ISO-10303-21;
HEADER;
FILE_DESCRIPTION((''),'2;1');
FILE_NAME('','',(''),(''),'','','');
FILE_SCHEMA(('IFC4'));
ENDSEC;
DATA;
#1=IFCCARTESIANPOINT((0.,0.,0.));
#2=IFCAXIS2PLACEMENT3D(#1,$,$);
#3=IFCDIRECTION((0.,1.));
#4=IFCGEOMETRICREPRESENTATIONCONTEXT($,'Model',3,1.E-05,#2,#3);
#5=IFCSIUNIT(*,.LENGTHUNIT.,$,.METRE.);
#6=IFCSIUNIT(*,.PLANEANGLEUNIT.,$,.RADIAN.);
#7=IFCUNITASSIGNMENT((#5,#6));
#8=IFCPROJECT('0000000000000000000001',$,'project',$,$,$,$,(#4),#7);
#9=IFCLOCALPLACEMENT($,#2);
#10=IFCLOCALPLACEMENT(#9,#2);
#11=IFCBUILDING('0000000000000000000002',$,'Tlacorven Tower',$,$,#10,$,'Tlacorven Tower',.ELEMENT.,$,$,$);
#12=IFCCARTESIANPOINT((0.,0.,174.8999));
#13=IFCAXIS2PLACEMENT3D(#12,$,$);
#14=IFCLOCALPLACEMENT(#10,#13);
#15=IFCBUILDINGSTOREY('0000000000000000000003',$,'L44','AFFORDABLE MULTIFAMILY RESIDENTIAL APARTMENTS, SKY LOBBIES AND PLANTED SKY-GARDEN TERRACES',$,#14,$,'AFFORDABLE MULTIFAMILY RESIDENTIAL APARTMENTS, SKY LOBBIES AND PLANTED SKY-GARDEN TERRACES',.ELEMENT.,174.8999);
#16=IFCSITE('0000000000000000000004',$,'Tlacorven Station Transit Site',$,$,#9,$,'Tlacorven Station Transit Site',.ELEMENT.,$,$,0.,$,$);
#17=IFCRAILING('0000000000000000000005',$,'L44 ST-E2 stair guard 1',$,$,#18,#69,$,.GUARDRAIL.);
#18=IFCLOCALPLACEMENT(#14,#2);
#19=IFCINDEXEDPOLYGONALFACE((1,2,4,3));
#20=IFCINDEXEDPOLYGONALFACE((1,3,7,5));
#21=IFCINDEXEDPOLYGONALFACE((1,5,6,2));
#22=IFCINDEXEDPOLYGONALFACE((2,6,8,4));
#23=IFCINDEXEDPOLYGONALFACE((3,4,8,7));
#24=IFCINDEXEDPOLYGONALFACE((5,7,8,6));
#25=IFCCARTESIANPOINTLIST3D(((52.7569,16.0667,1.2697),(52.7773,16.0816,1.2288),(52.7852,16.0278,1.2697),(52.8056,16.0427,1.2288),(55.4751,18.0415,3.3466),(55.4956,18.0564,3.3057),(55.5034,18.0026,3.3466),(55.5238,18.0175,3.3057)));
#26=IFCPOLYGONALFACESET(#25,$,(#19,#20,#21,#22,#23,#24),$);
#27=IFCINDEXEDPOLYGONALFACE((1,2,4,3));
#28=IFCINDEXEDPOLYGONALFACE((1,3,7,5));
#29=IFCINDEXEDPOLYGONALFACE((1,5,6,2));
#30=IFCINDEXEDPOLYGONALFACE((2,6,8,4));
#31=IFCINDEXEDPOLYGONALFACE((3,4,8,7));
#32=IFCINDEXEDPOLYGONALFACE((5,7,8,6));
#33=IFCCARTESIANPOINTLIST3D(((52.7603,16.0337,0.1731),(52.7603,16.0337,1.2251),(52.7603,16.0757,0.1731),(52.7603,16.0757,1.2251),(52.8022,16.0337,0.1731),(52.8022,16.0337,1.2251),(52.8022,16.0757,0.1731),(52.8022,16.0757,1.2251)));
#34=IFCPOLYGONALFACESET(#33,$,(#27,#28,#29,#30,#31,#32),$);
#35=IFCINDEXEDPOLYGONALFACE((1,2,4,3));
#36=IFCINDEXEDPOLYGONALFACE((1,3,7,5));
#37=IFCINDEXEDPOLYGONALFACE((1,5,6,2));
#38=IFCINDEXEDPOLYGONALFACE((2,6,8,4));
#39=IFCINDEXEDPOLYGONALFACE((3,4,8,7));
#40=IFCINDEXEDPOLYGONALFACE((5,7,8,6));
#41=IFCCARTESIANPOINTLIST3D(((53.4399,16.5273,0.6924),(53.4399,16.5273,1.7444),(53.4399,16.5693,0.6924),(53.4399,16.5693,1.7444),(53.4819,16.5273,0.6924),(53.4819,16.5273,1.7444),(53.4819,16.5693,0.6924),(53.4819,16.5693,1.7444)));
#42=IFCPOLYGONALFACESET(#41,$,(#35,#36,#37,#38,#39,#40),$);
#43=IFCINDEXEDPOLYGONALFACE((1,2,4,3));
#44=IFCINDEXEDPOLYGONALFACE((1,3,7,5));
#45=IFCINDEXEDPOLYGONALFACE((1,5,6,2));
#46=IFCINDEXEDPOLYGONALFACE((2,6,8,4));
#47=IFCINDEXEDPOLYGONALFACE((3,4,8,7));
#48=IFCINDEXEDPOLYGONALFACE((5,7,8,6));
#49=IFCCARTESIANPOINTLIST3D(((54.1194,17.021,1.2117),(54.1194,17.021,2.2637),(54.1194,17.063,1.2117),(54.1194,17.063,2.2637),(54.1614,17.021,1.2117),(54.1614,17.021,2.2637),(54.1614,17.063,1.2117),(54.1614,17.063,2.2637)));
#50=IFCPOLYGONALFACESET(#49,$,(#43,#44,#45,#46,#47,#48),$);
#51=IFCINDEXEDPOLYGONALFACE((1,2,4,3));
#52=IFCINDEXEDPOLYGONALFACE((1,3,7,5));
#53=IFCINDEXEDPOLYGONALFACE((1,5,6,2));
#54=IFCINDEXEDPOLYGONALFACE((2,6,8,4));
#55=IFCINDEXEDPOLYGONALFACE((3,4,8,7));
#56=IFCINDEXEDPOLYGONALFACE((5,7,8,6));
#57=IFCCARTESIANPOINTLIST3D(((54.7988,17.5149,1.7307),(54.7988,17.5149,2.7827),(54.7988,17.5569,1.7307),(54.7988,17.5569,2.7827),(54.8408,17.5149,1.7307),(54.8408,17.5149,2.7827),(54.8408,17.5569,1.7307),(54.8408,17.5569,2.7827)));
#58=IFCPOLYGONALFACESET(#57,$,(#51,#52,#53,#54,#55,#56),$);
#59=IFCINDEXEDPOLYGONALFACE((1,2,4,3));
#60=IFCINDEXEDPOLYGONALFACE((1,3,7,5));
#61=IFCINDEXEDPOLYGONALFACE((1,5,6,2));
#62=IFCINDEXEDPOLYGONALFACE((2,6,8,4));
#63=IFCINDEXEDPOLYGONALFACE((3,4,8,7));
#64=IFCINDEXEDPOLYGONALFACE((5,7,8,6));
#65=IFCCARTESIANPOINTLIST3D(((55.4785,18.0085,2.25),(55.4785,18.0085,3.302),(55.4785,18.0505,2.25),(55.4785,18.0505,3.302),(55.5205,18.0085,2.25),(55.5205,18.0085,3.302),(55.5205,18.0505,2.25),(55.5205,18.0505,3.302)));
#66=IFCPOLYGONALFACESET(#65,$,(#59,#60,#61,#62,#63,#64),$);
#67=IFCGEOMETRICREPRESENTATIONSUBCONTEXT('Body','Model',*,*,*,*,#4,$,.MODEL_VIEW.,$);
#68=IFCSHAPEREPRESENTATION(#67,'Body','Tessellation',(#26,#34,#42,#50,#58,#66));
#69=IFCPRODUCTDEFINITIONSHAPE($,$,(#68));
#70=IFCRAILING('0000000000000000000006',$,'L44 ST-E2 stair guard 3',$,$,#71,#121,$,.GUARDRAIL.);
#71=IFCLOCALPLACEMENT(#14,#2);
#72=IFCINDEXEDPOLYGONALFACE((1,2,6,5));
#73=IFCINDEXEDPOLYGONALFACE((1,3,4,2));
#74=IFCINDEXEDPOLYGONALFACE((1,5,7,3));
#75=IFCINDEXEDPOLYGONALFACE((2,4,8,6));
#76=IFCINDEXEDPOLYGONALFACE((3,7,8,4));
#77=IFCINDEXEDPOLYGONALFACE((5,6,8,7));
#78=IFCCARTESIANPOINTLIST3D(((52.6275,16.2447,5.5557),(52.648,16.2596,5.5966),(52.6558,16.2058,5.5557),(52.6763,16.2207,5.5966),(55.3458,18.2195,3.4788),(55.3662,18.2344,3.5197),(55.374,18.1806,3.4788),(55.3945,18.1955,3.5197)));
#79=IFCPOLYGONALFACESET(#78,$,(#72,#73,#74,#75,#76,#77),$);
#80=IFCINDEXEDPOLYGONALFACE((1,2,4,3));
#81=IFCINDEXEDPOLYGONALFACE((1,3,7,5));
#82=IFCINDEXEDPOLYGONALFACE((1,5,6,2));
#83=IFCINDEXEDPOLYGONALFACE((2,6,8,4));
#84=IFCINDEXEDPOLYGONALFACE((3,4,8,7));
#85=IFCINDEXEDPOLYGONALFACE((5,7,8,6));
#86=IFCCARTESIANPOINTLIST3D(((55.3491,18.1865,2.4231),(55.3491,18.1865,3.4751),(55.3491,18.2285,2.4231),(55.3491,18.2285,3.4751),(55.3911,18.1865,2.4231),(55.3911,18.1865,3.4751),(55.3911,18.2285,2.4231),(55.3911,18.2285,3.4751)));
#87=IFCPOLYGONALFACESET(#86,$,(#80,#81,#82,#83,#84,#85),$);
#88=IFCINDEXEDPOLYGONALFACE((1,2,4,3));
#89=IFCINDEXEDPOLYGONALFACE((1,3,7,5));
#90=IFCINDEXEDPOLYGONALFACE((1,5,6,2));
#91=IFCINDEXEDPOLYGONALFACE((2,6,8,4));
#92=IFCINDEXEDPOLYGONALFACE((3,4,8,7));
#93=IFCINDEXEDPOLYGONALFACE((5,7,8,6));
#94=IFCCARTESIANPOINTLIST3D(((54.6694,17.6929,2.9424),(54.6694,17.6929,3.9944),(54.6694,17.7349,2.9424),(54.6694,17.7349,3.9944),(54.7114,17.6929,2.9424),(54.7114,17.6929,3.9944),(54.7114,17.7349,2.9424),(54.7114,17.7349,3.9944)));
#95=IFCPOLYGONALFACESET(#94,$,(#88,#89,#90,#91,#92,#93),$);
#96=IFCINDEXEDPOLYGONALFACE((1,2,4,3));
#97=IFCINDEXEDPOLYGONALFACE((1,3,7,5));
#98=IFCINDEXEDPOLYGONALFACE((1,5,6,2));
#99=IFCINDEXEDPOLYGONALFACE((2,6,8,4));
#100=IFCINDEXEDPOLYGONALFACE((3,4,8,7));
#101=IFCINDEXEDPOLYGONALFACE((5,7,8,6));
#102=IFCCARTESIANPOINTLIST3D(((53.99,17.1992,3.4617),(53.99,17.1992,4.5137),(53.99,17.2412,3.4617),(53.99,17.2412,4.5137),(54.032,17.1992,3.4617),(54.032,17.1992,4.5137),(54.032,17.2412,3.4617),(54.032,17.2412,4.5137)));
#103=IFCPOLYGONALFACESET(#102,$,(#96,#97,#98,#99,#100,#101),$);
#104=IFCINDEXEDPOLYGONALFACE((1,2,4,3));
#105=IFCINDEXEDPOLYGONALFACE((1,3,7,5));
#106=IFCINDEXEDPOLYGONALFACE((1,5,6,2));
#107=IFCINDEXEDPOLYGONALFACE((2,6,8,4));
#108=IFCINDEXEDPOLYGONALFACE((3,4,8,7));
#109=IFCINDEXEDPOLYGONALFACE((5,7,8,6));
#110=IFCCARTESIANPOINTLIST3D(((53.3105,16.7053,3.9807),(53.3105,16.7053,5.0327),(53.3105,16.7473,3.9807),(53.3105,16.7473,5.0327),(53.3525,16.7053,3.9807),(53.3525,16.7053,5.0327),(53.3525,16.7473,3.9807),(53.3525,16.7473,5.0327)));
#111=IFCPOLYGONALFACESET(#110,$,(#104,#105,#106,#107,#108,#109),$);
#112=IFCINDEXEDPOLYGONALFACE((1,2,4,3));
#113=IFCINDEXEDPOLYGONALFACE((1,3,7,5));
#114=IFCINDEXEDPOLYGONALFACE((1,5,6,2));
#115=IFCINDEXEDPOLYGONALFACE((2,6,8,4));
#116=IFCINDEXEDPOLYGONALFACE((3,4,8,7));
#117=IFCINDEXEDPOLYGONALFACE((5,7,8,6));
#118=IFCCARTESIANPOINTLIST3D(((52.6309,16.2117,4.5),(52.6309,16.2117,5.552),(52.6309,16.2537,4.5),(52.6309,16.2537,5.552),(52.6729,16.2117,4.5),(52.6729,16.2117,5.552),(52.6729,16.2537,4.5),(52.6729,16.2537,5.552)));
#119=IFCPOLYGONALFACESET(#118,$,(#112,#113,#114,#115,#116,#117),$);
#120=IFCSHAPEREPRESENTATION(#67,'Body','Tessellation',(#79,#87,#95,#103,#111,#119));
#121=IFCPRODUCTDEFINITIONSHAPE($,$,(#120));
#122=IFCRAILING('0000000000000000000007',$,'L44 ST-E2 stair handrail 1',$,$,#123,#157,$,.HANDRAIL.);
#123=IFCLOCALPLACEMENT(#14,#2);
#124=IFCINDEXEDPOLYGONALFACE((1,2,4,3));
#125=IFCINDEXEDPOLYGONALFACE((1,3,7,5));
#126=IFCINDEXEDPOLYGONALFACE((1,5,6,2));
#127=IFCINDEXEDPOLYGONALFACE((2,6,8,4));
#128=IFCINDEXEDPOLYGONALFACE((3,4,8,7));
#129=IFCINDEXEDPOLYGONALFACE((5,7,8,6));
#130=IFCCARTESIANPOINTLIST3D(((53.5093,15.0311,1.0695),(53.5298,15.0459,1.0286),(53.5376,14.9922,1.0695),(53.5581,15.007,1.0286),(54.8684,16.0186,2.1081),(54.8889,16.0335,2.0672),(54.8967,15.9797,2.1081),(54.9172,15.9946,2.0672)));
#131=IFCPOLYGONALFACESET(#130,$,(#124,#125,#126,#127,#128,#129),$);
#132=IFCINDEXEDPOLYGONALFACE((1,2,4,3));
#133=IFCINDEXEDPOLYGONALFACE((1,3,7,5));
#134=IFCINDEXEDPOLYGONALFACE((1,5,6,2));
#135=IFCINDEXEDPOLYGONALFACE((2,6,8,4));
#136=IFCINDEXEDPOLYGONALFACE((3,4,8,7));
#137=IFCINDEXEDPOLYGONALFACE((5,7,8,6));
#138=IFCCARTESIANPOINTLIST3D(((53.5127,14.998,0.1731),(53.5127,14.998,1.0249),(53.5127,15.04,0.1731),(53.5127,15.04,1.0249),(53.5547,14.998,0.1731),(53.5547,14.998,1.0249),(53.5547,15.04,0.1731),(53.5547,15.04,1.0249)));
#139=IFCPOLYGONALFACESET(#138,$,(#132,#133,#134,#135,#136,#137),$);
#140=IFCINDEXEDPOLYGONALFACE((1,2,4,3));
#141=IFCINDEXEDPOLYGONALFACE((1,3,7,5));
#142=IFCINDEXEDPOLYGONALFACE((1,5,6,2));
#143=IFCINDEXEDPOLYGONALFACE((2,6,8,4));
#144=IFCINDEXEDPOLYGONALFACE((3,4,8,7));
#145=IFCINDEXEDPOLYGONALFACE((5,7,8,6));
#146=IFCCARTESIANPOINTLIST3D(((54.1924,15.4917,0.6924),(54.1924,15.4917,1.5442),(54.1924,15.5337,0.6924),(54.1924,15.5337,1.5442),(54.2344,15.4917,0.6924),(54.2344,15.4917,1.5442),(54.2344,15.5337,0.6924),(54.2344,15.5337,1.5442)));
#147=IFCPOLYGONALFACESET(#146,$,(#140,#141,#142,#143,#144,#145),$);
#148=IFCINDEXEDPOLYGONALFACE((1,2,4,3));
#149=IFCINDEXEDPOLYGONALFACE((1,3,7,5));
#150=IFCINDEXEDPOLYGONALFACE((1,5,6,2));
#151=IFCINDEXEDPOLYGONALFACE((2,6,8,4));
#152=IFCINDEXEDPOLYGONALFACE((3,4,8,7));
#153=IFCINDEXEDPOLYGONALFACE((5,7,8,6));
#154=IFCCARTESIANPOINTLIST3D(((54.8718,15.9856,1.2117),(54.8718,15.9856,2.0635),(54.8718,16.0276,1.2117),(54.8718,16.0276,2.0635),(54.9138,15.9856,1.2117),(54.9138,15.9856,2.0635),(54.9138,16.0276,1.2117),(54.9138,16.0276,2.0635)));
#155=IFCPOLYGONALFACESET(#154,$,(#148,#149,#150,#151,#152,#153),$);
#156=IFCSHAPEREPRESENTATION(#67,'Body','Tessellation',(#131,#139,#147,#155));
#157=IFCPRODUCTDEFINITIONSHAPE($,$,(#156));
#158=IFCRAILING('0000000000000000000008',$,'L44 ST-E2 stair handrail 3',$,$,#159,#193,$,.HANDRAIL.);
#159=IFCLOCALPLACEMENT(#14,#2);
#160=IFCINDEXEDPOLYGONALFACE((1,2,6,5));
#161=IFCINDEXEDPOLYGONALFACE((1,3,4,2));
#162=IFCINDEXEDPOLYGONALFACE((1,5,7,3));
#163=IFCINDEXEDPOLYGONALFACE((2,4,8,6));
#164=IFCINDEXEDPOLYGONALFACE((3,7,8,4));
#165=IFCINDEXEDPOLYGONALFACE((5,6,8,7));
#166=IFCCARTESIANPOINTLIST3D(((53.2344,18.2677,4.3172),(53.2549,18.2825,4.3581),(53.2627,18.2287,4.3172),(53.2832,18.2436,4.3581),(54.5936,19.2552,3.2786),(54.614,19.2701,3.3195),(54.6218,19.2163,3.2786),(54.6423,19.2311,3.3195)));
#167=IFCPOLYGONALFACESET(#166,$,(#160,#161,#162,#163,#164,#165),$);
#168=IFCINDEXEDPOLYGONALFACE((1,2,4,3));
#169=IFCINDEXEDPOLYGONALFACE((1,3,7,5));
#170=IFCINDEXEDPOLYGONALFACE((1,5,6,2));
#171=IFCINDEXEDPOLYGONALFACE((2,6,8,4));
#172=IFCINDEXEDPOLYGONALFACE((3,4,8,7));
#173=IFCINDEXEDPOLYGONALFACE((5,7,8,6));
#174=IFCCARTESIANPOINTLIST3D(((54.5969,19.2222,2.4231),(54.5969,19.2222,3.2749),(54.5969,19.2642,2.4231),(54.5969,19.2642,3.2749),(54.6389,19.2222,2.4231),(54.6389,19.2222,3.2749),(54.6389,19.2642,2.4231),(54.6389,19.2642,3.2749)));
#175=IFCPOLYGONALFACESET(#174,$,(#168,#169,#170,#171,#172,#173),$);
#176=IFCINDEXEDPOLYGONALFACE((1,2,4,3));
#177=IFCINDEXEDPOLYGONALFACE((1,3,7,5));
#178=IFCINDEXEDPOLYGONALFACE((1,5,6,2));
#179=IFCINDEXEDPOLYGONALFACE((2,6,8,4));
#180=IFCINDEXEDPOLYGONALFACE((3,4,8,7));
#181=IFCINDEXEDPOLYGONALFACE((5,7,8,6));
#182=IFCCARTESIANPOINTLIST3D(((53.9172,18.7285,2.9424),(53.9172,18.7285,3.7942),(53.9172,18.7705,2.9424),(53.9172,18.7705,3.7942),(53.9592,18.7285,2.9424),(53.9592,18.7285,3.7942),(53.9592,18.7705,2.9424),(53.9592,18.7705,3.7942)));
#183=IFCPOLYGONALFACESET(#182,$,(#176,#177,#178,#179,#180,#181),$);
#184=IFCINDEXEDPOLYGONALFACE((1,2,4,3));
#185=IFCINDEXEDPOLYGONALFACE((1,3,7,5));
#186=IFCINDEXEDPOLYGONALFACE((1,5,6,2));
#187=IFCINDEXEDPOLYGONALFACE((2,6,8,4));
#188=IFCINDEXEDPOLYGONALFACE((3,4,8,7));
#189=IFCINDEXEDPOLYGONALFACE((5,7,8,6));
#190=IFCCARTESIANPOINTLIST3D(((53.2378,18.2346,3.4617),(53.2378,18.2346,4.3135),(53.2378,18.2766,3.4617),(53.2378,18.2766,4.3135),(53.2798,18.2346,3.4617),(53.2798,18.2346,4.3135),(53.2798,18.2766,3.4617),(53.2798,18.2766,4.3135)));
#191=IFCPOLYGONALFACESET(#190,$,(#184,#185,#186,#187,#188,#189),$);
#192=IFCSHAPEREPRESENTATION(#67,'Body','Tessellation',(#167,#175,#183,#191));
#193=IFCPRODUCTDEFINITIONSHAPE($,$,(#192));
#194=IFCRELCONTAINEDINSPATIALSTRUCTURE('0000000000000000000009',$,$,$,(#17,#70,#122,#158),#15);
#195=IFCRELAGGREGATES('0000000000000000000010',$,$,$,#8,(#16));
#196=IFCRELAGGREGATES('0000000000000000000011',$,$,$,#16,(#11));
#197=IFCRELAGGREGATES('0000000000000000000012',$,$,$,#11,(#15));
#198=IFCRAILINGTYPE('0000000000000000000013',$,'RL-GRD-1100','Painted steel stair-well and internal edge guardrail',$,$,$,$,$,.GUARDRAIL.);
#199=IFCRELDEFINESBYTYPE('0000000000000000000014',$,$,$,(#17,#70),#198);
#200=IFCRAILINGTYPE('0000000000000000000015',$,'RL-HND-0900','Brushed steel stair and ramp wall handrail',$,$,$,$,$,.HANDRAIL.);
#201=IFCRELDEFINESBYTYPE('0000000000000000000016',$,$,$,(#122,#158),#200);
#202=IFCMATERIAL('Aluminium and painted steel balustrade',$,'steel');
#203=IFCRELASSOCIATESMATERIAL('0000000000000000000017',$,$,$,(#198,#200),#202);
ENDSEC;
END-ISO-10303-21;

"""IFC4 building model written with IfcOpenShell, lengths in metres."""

from ifc_helpers import new_model, si_unit, direction, frame, origin, origin_2d, place, context, subcontext, project, spatial, rectangle, extrude, source, transform, mapped, material, type_object, element, save


model = new_model("IFC4")

# Units and contexts
model_context = context("Model", 3, precision=1e-05, world=origin(), true_north=direction((0.0, 1.0)))
body_context = subcontext(model_context, "Body", "Model", "MODEL_VIEW")
ifc_project = project(units=[si_unit("LENGTHUNIT", "METRE"), si_unit("PLANEANGLEUNIT", "RADIAN")], contexts=[model_context])

# Site, building, storey
site_placement = place(None, origin())
site = spatial("IfcSite", under=ifc_project, at=site_placement, Name="Tlacorven Station Transit Site", LongName="Tlacorven Station Transit Site", CompositionType="ELEMENT", RefElevation=0.0)
building_placement = place(site_placement, origin())
building = spatial("IfcBuilding", under=site, at=building_placement, Name="Tlacorven Tower", LongName="Tlacorven Tower", CompositionType="ELEMENT")
storey_placement = place(building_placement, frame((0.0, 0.0, 174.8999)))
storey = spatial("IfcBuildingStorey", under=building, at=storey_placement, Name="L44", Description="AFFORDABLE MULTIFAMILY RESIDENTIAL APARTMENTS, SKY LOBBIES AND PLANTED SKY-GARDEN TERRACES", LongName="AFFORDABLE MULTIFAMILY RESIDENTIAL APARTMENTS, SKY LOBBIES AND PLANTED SKY-GARDEN TERRACES", CompositionType="ELEMENT", Elevation=174.8999)

# Railings
ifc_material_1 = material(Name="Aluminium and painted steel balustrade", Category="steel")
railing_type_1 = type_object("IfcRailingType", Name="RL-GRD-1100", Description="Painted steel stair-well and internal edge guardrail", PredefinedType="GUARDRAIL", material=ifc_material_1)
shared_shape_1 = source(origin(), body_context, "Body", "SweptSolid", [
    extrude(rectangle(XDim=0.0481, YDim=0.0481, at=origin_2d()), frame((0.0, 0.0, 1.0762), z_axis=(0.688167, 0.499963, 0.525798), x_axis=(-0.58777, 0.809028, 0.0)), (0.0, 0.0, 1.0), 3.95),
    extrude(rectangle(XDim=0.042, YDim=0.042, at=origin_2d()), origin(), (0.0, 0.0, 1.0), 1.052),
    extrude(rectangle(XDim=0.042, YDim=0.042, at=origin_2d()), frame((0.6797, 0.4937, 0.5193)), (0.0, 0.0, 1.0), 1.052),
    extrude(rectangle(XDim=0.042, YDim=0.042, at=origin_2d()), frame((1.3591, 0.9873, 1.0386)), (0.0, 0.0, 1.0), 1.052),
    extrude(rectangle(XDim=0.042, YDim=0.042, at=origin_2d()), frame((2.0386, 1.4812, 1.5576)), (0.0, 0.0, 1.0), 1.052),
    extrude(rectangle(XDim=0.042, YDim=0.042, at=origin_2d()), frame((2.7183, 1.9749, 2.0769)), (0.0, 0.0, 1.0), 1.052),
])
railing_1_placement = place(storey_placement, frame((52.7812, 16.0547, 0.1731)))
element("IfcRailing", 1, at=railing_1_placement, inside=storey, type_object=railing_type_1, Name="L44 ST-E2 stair guard 1", PredefinedType="GUARDRAIL", context=body_context, shape_type="MappedRepresentation", body=[
    mapped(shared_shape_1, transform((0.0, 0.0, 0.0), scale=1.0)),
])
shared_shape_2 = source(origin(), body_context, "Body", "SweptSolid", [
    extrude(rectangle(XDim=0.0481, YDim=0.0481, at=origin_2d()), frame((0.0, 0.0, 1.0762), z_axis=(-0.688167, -0.499963, 0.525798), x_axis=(0.58777, -0.809028, 0.0)), (0.0, 0.0, 1.0), 3.95),
    extrude(rectangle(XDim=0.042, YDim=0.042, at=origin_2d()), origin(), (0.0, 0.0, 1.0), 1.052),
    extrude(rectangle(XDim=0.042, YDim=0.042, at=origin_2d()), frame((-0.6797, -0.4937, 0.5193)), (0.0, 0.0, 1.0), 1.052),
    extrude(rectangle(XDim=0.042, YDim=0.042, at=origin_2d()), frame((-1.3591, -0.9873, 1.0386)), (0.0, 0.0, 1.0), 1.052),
    extrude(rectangle(XDim=0.042, YDim=0.042, at=origin_2d()), frame((-2.0386, -1.4812, 1.5576)), (0.0, 0.0, 1.0), 1.052),
    extrude(rectangle(XDim=0.042, YDim=0.042, at=origin_2d()), frame((-2.7183, -1.9749, 2.0769)), (0.0, 0.0, 1.0), 1.052),
])
railing_2_placement = place(storey_placement, frame((55.3701, 18.2075, 2.4231)))
element("IfcRailing", 2, at=railing_2_placement, inside=storey, type_object=railing_type_1, Name="L44 ST-E2 stair guard 3", PredefinedType="GUARDRAIL", context=body_context, shape_type="MappedRepresentation", body=[
    mapped(shared_shape_2, transform((0.0, 0.0, 0.0), scale=1.0)),
])
railing_type_2 = type_object("IfcRailingType", Name="RL-HND-0900", Description="Brushed steel stair and ramp wall handrail", PredefinedType="HANDRAIL", material=ifc_material_1)
shared_shape_3 = source(origin(), body_context, "Body", "SweptSolid", [
    extrude(rectangle(XDim=0.0481, YDim=0.0481, at=origin_2d()), frame((0.0, 0.0, 0.876), z_axis=(0.688123, 0.499993, 0.525827), x_axis=(-0.587817, 0.808994, 0.0)), (0.0, 0.0, 1.0), 1.9751),
    extrude(rectangle(XDim=0.042, YDim=0.042, at=origin_2d()), origin(), (0.0, 0.0, 1.0), 0.8518),
    extrude(rectangle(XDim=0.042, YDim=0.042, at=origin_2d()), frame((0.6797, 0.4937, 0.5193)), (0.0, 0.0, 1.0), 0.8518),
    extrude(rectangle(XDim=0.042, YDim=0.042, at=origin_2d()), frame((1.3591, 0.9875, 1.0386)), (0.0, 0.0, 1.0), 0.8518),
])
railing_3_placement = place(storey_placement, frame((53.5337, 15.019, 0.1731)))
element("IfcRailing", 3, at=railing_3_placement, inside=storey, type_object=railing_type_2, Name="L44 ST-E2 stair handrail 1", PredefinedType="HANDRAIL", context=body_context, shape_type="MappedRepresentation", body=[
    mapped(shared_shape_3, transform((0.0, 0.0, 0.0), scale=1.0)),
])
shared_shape_4 = source(origin(), body_context, "Body", "SweptSolid", [
    extrude(rectangle(XDim=0.0481, YDim=0.0481, at=origin_2d()), frame((0.0, 0.0, 0.876), z_axis=(-0.688123, -0.499993, 0.525827), x_axis=(0.587817, -0.808994, 0.0)), (0.0, 0.0, 1.0), 1.9751),
    extrude(rectangle(XDim=0.042, YDim=0.042, at=origin_2d()), origin(), (0.0, 0.0, 1.0), 0.8518),
    extrude(rectangle(XDim=0.042, YDim=0.042, at=origin_2d()), frame((-0.6797, -0.4937, 0.5193)), (0.0, 0.0, 1.0), 0.8518),
    extrude(rectangle(XDim=0.042, YDim=0.042, at=origin_2d()), frame((-1.3591, -0.9875, 1.0386)), (0.0, 0.0, 1.0), 0.8518),
])
railing_4_placement = place(storey_placement, frame((54.6179, 19.2432, 2.4231)))
element("IfcRailing", 4, at=railing_4_placement, inside=storey, type_object=railing_type_2, Name="L44 ST-E2 stair handrail 3", PredefinedType="HANDRAIL", context=body_context, shape_type="MappedRepresentation", body=[
    mapped(shared_shape_4, transform((0.0, 0.0, 0.0), scale=1.0)),
])

save(model, "model.ifc")
